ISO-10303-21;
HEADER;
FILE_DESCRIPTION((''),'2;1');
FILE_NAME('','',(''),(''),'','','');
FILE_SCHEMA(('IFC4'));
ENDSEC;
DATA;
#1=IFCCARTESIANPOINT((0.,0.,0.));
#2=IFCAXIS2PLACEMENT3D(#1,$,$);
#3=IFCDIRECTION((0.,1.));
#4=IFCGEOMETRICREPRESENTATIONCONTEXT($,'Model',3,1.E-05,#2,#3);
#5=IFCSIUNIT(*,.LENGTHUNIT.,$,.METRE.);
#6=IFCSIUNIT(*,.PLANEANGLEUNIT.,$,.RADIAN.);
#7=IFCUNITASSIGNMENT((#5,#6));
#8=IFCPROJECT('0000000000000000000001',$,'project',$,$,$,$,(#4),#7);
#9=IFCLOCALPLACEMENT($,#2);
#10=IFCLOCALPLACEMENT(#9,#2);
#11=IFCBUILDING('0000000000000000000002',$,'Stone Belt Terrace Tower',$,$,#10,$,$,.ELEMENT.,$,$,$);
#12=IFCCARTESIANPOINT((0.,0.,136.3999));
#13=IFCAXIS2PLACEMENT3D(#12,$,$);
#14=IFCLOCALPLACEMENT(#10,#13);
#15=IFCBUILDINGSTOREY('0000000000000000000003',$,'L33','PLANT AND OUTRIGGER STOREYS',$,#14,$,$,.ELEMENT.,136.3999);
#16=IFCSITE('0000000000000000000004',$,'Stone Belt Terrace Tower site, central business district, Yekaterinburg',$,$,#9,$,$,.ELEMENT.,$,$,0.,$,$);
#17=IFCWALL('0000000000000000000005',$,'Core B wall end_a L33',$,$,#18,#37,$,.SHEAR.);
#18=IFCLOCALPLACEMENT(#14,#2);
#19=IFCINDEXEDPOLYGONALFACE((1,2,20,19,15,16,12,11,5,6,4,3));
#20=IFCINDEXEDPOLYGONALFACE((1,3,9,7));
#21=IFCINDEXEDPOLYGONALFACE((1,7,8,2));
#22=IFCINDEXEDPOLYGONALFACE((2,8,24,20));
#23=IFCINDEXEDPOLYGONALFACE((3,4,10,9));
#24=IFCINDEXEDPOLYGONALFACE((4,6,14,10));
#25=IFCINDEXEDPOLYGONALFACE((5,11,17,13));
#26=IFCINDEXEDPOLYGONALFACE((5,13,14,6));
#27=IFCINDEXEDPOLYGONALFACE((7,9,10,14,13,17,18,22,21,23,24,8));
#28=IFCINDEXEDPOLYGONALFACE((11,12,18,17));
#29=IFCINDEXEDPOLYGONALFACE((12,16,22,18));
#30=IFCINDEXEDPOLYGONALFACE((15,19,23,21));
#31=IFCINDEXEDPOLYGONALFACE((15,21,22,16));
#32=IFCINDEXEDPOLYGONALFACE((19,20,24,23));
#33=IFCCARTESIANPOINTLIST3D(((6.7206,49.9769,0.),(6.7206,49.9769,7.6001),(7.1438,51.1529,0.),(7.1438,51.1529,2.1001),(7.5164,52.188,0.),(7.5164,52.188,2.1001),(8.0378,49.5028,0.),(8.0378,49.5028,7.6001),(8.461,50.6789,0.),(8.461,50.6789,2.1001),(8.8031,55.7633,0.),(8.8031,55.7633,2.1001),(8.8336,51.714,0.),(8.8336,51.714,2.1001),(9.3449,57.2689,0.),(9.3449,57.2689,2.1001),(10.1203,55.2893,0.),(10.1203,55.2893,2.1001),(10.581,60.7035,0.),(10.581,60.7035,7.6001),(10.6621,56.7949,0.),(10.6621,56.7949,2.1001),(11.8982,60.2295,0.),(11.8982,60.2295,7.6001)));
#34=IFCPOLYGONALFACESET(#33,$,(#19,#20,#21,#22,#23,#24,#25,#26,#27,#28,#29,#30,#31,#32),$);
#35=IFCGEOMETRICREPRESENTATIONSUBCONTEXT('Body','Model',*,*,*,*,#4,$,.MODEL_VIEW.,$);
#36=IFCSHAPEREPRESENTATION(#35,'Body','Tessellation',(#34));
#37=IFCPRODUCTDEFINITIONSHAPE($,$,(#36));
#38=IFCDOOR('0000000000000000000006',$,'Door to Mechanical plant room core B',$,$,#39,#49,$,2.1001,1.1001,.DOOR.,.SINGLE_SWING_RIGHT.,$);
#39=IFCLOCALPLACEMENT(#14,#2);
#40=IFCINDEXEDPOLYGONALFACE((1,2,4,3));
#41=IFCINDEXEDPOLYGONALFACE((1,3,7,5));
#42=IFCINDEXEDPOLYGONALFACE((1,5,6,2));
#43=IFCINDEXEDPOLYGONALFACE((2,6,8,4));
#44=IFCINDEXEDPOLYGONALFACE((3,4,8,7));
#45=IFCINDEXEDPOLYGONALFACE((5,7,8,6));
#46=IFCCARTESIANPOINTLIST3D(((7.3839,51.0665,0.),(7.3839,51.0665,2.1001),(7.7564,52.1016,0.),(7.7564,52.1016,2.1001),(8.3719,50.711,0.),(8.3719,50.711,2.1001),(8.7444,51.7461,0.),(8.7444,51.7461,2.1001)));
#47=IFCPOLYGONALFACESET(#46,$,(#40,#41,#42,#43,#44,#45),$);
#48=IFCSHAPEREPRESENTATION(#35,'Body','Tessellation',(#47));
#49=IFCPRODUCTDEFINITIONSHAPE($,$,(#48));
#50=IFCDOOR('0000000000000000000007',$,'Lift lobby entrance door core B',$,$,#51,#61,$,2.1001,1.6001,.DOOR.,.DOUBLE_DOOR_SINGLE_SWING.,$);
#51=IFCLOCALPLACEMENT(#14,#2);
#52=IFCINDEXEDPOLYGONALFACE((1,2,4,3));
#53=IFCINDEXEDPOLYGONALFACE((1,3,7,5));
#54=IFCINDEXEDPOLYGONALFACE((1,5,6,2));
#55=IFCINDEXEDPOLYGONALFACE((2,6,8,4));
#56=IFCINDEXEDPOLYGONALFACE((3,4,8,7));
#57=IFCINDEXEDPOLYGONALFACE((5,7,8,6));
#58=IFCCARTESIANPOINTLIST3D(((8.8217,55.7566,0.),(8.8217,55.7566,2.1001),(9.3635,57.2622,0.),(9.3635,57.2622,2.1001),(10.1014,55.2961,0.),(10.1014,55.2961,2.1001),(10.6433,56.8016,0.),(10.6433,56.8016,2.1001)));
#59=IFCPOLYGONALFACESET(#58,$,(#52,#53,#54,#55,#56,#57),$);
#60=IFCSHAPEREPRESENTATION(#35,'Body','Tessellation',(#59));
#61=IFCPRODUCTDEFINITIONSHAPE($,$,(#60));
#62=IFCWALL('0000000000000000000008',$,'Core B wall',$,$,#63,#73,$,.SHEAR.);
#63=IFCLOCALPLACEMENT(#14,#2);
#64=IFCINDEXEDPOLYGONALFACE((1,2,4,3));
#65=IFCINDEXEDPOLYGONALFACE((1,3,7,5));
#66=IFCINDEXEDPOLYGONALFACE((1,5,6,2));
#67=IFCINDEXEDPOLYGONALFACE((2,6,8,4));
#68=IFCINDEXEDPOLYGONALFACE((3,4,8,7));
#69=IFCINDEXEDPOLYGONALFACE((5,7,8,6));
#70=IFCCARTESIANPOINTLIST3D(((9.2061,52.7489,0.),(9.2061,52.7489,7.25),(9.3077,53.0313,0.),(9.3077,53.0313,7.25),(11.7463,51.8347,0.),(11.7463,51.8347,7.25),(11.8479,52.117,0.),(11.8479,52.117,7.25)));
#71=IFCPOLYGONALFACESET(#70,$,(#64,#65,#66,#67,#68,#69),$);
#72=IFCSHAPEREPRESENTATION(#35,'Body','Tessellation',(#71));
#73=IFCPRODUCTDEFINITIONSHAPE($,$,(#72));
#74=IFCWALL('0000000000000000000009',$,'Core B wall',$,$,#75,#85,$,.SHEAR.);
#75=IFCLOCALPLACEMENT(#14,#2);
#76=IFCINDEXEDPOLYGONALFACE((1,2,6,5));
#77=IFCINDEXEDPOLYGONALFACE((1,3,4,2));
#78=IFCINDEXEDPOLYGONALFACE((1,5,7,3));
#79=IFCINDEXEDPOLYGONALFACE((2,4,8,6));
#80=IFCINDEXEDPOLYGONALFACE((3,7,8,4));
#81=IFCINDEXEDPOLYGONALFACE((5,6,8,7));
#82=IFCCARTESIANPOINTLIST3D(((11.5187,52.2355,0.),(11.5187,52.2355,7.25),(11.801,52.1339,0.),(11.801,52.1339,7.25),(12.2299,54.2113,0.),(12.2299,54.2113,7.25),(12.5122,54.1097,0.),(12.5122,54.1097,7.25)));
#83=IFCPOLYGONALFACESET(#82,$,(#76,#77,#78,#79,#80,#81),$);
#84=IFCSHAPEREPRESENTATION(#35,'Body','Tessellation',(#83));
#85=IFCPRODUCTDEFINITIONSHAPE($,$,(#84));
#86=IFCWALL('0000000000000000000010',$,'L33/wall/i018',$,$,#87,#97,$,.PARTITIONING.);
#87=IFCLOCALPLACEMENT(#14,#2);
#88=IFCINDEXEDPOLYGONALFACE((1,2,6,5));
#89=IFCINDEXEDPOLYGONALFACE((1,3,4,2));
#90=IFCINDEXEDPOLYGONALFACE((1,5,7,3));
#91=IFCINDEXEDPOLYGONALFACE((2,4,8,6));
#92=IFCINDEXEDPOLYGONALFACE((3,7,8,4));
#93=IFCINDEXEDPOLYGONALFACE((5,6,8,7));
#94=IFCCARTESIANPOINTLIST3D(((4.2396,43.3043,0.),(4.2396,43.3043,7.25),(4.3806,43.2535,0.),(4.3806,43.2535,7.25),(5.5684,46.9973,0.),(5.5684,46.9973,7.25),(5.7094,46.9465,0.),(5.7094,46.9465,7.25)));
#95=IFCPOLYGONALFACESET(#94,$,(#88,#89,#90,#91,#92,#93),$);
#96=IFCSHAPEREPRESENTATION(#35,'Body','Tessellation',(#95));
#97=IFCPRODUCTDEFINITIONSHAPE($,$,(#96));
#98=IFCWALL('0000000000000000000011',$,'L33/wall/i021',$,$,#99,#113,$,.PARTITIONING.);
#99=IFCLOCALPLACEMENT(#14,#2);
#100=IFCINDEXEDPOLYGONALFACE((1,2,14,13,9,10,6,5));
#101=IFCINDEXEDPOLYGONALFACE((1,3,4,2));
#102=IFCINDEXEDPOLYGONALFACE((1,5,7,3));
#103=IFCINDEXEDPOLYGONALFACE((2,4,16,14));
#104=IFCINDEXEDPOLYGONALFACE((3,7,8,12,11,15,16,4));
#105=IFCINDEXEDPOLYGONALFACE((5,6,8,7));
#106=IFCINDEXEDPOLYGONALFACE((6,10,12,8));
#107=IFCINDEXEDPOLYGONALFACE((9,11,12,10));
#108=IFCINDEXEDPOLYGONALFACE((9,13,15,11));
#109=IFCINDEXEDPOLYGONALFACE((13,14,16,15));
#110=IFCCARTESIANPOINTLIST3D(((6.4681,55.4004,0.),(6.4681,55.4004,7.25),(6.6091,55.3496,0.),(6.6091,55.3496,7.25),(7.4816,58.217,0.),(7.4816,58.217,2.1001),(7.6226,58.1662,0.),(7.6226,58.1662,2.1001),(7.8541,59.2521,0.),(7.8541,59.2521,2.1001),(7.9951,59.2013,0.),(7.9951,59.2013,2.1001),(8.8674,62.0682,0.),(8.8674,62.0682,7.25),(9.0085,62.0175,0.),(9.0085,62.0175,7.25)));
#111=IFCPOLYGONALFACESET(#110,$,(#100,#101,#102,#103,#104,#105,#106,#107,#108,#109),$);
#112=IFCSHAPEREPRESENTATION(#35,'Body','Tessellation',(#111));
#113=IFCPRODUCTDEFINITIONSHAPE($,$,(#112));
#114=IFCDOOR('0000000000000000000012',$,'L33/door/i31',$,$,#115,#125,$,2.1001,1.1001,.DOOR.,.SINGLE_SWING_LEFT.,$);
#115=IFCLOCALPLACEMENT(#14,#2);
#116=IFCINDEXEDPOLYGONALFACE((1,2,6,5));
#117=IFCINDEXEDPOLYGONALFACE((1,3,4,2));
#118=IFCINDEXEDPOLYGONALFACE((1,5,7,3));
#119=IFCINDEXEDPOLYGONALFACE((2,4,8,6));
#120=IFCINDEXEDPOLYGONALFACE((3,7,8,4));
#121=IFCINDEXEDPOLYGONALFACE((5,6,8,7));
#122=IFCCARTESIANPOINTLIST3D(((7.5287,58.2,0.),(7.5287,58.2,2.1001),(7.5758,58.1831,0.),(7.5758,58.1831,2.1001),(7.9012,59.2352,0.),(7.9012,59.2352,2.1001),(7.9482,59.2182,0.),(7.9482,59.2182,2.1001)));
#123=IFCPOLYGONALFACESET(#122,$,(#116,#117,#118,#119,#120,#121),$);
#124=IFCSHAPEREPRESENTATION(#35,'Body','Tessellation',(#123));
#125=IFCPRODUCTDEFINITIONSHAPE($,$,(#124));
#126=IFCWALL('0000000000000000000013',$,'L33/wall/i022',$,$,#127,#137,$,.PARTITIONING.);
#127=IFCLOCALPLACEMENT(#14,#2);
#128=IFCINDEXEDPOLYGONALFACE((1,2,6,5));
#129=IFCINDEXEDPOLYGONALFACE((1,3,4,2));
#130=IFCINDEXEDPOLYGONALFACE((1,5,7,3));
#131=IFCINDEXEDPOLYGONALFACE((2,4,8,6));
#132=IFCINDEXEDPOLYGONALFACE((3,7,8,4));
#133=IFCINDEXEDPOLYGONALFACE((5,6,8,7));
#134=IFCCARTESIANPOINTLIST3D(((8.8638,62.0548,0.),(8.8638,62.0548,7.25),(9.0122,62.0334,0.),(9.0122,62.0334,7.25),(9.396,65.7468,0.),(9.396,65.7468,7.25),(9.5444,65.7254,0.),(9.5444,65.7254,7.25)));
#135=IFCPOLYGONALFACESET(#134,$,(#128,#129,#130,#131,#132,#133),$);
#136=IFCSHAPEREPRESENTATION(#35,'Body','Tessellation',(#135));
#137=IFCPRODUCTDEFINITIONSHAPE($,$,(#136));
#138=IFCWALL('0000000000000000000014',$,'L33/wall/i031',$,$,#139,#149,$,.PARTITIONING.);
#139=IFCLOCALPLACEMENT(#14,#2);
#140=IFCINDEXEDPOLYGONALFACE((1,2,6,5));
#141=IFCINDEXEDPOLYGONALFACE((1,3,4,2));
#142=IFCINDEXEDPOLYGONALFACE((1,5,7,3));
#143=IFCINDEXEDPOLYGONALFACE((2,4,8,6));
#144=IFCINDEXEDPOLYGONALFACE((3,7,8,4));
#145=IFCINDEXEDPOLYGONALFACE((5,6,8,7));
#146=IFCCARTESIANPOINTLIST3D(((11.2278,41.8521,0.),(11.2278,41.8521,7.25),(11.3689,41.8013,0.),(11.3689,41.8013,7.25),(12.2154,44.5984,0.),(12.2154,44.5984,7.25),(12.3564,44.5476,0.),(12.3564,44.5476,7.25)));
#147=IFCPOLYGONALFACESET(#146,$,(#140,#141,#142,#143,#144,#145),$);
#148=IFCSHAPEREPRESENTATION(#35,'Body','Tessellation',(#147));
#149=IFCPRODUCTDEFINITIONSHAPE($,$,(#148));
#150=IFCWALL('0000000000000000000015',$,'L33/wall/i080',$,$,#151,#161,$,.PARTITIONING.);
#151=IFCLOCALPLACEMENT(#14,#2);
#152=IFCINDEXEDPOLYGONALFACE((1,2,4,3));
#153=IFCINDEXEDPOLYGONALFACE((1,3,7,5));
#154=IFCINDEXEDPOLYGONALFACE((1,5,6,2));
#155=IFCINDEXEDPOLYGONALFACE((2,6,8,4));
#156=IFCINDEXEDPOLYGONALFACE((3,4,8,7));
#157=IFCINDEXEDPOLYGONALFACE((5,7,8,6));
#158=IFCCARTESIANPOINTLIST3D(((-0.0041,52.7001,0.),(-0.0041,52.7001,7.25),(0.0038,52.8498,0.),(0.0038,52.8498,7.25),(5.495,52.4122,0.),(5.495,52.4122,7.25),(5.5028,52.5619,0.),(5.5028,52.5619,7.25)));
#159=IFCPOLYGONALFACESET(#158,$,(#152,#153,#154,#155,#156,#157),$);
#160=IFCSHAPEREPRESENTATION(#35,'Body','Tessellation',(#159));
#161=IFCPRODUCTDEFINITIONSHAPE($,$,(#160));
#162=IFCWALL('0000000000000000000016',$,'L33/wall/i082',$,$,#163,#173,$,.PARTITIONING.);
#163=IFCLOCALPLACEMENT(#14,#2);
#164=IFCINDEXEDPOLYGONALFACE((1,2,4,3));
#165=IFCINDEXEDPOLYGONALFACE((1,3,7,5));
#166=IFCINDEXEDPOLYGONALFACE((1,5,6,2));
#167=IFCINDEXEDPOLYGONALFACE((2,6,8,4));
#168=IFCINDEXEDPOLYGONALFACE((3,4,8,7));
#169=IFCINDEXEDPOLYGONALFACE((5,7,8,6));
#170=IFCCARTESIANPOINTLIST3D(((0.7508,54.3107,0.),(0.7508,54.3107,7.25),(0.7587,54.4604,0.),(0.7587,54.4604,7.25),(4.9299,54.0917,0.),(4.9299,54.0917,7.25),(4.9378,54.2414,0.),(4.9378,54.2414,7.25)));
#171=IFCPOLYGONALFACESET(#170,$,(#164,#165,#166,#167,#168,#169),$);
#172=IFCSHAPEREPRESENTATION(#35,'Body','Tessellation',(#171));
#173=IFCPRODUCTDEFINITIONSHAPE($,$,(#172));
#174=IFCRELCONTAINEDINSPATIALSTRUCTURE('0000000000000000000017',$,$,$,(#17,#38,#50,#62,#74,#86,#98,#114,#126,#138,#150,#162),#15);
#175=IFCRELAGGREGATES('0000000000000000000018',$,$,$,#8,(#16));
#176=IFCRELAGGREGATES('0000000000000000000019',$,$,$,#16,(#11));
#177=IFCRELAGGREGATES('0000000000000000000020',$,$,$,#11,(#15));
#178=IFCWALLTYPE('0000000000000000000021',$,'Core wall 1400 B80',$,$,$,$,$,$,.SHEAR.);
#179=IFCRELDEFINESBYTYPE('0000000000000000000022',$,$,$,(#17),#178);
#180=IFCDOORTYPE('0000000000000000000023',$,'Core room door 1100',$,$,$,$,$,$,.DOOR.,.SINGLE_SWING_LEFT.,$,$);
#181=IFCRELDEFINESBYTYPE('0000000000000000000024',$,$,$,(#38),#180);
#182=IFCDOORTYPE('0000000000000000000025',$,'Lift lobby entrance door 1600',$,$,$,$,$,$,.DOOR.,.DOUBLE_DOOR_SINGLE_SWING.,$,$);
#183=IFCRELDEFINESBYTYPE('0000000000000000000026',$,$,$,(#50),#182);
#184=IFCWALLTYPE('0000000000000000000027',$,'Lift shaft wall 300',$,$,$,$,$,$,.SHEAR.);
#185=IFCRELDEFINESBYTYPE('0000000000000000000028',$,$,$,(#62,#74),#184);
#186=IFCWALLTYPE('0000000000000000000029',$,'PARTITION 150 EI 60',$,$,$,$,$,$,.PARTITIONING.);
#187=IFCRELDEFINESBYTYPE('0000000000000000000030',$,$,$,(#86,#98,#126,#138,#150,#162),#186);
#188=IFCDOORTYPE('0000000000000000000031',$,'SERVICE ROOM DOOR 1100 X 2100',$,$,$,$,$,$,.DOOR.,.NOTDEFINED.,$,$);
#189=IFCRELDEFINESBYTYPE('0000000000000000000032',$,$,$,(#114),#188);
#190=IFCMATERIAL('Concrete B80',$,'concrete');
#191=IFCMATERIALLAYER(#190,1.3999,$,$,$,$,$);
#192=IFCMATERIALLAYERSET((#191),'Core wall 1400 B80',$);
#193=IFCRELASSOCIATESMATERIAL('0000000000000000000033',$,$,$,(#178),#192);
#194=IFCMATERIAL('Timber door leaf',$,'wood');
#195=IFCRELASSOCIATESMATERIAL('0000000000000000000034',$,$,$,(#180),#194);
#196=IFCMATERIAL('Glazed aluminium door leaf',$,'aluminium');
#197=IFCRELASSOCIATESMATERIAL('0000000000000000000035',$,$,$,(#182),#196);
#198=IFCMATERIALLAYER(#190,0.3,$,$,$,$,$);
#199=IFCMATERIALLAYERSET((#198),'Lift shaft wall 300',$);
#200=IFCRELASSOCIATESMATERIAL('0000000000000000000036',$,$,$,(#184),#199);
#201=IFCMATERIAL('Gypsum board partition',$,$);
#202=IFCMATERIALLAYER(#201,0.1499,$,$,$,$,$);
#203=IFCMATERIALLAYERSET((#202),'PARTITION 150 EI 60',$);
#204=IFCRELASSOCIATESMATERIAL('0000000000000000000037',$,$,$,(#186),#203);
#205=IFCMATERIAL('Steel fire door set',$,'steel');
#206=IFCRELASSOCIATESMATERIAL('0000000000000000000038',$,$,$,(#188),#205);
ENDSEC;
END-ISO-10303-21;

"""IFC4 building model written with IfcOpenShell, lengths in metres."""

from ifc_helpers import new_model, si_unit, direction, frame, frame_2d, origin, place, context, subcontext, project, spatial, rectangle, extrude, material, layer, layer_set, type_object, element, fill, save


model = new_model("IFC4")

# Units and contexts
model_context = context("Model", 3, precision=1e-05, world=origin(), true_north=direction((0.0, 1.0)))
body_context = subcontext(model_context, "Body", "Model", "MODEL_VIEW")
ifc_project = project(units=[si_unit("LENGTHUNIT", "METRE"), si_unit("PLANEANGLEUNIT", "RADIAN")], contexts=[model_context])

# Site, building, storey
site_placement = place(None, origin())
site = spatial("IfcSite", under=ifc_project, at=site_placement, Name="Stone Belt Terrace Tower site, central business district, Yekaterinburg", CompositionType="ELEMENT", RefElevation=0.0)
building_placement = place(site_placement, origin())
building = spatial("IfcBuilding", under=site, at=building_placement, Name="Stone Belt Terrace Tower", CompositionType="ELEMENT")
storey_placement = place(building_placement, frame((0.0, 0.0, 136.3999)))
storey = spatial("IfcBuildingStorey", under=building, at=storey_placement, Name="L33", Description="PLANT AND OUTRIGGER STOREYS", CompositionType="ELEMENT", Elevation=136.3999)

# Shared definitions
ifc_material_1 = material(Name="Concrete B80", Category="concrete")

# Shared definitions
ifc_layer_1 = layer(ifc_material_1, 1.3999)
ifc_layer_set_1 = layer_set([ifc_layer_1], Name="Core wall 1400 B80")
wall_type_1 = type_object("IfcWallType", Name="Core wall 1400 B80", PredefinedType="SHEAR", material=ifc_layer_set_1)

# Wall, openings, doors
wall_1_placement = place(storey_placement, frame((7.3792, 49.7397, 0.0), z_axis=(0.0, 0.0, 1.0), x_axis=(0.338625, 0.940921, 0.0)))
wall_1 = element("IfcWall", 1, at=wall_1_placement, inside=storey, type_object=wall_type_1, Name="Core B wall end_a L33", PredefinedType="SHEAR", context=body_context, shape_type="SweptSolid", body=[
    extrude(rectangle(XDim=11.4001, YDim=1.3999, at=frame_2d((5.7002, 0.0))), origin(), (0.0, 0.0, 1.0), 7.6001),
])
opening_1_placement = place(wall_1_placement, frame((6.1499, 0.0, 0.0)))
opening_1 = element("IfcOpeningElement", 2, at=opening_1_placement, cuts=wall_1, PredefinedType="OPENING", context=body_context, shape_type="SweptSolid", body=[
    extrude(rectangle(XDim=1.6001, YDim=2.1001, at=frame_2d((0.8, 1.05))), frame((0.0, 0.71, 0.0), z_axis=(0.0, -1.0, 0.0), x_axis=(1.0, 0.0, 0.0)), (0.0, 0.0, 1.0), 1.4199),
])
opening_2_placement = place(wall_1_placement, frame((1.25, 0.0, 0.0)))
opening_2 = element("IfcOpeningElement", 3, at=opening_2_placement, cuts=wall_1, PredefinedType="OPENING", context=body_context, shape_type="SweptSolid", body=[
    extrude(rectangle(XDim=1.1001, YDim=2.1001, at=frame_2d((0.55, 1.05))), frame((0.0, 0.71, 0.0), z_axis=(0.0, -1.0, 0.0), x_axis=(1.0, 0.0, 0.0)), (0.0, 0.0, 1.0), 1.4199),
])
ifc_material_2 = material(Name="Timber door leaf", Category="wood")
door_type_1 = type_object("IfcDoorType", Name="Core room door 1100", OperationType="SINGLE_SWING_LEFT", PredefinedType="DOOR", material=ifc_material_2)
door_1_placement = place(opening_2_placement, origin())
door_1 = element("IfcDoor", 4, at=door_1_placement, inside=storey, type_object=door_type_1, Name="Door to Mechanical plant room core B", OperationType="SINGLE_SWING_RIGHT", OverallHeight=2.1001, OverallWidth=1.1001, PredefinedType="DOOR", context=body_context, shape_type="SweptSolid", body=[
    extrude(rectangle(XDim=1.1001, YDim=2.1001, at=frame_2d((0.55, 1.05))), frame((0.0, 0.4448, 0.0), z_axis=(0.0, -1.0, 0.0), x_axis=(1.0, 0.0, 0.0)), (0.0, 0.0, 1.0), 1.05),
])
fill(opening_2, door_1)
ifc_material_3 = material(Name="Glazed aluminium door leaf", Category="aluminium")
door_type_2 = type_object("IfcDoorType", Name="Lift lobby entrance door 1600", OperationType="DOUBLE_DOOR_SINGLE_SWING", PredefinedType="DOOR", material=ifc_material_3)
door_2_placement = place(opening_1_placement, origin())
door_2 = element("IfcDoor", 5, at=door_2_placement, inside=storey, type_object=door_type_2, Name="Lift lobby entrance door core B", OperationType="DOUBLE_DOOR_SINGLE_SWING", OverallHeight=2.1001, OverallWidth=1.6001, PredefinedType="DOOR", context=body_context, shape_type="SweptSolid", body=[
    extrude(rectangle(XDim=1.6001, YDim=2.1001, at=frame_2d((0.8, 1.05))), frame((0.0, 0.6802, 0.0), z_axis=(0.0, -1.0, 0.0), x_axis=(1.0, 0.0, 0.0)), (0.0, 0.0, 1.0), 1.3601),
])
fill(opening_1, door_2)

# Walls
ifc_layer_2 = layer(ifc_material_1, 0.3)
ifc_layer_set_2 = layer_set([ifc_layer_2], Name="Lift shaft wall 300")
wall_type_2 = type_object("IfcWallType", Name="Lift shaft wall 300", PredefinedType="SHEAR", material=ifc_layer_set_2)
wall_2_placement = place(storey_placement, frame((11.7971, 51.9758, 0.0), z_axis=(0.0, 0.0, 1.0), x_axis=(-0.94091, 0.338655, 0.0)))
element("IfcWall", 6, at=wall_2_placement, inside=storey, type_object=wall_type_2, Name="Core B wall", PredefinedType="SHEAR", context=body_context, shape_type="SweptSolid", body=[
    extrude(rectangle(XDim=2.6997, YDim=0.3, at=frame_2d((1.3499, 0.0))), origin(), (0.0, 0.0, 1.0), 7.25),
])
wall_3_placement = place(storey_placement, frame((11.6599, 52.1848, 0.0), z_axis=(0.0, 0.0, 1.0), x_axis=(0.33867, 0.940905, 0.0)))
element("IfcWall", 7, at=wall_3_placement, inside=storey, type_object=wall_type_2, Name="Core B wall", PredefinedType="SHEAR", context=body_context, shape_type="SweptSolid", body=[
    extrude(rectangle(XDim=2.0999, YDim=0.3, at=frame_2d((1.0498, 0.0))), origin(), (0.0, 0.0, 1.0), 7.25),
])
ifc_material_4 = material(Name="Gypsum board partition")
ifc_layer_3 = layer(ifc_material_4, 0.1499)
ifc_layer_set_3 = layer_set([ifc_layer_3], Name="PARTITION 150 EI 60")
wall_type_3 = type_object("IfcWallType", Name="PARTITION 150 EI 60", PredefinedType="PARTITIONING", material=ifc_layer_set_3)
wall_4_placement = place(storey_placement, frame((5.6389, 46.9719, 0.0), z_axis=(0.0, 0.0, 1.0), x_axis=(-0.33857, -0.940941, 0.0)))
element("IfcWall", 8, at=wall_4_placement, inside=storey, type_object=wall_type_3, Name="L33/wall/i018", PredefinedType="PARTITIONING", context=body_context, shape_type="SweptSolid", body=[
    extrude(rectangle(XDim=3.9248, YDim=0.1499, at=frame_2d((1.9624, 0.0))), origin(), (0.0, 0.0, 1.0), 7.25),
])

# Wall, opening, door
wall_5_placement = place(storey_placement, frame((6.5386, 55.375, 0.0), z_axis=(0.0, 0.0, 1.0), x_axis=(0.338588, 0.940935, 0.0)))
wall_5 = element("IfcWall", 9, at=wall_5_placement, inside=storey, type_object=wall_type_3, Name="L33/wall/i021", PredefinedType="PARTITIONING", context=body_context, shape_type="SweptSolid", body=[
    extrude(rectangle(XDim=7.0864, YDim=0.1499, at=frame_2d((3.5432, 0.0))), origin(), (0.0, 0.0, 1.0), 7.25),
])
opening_3_placement = place(wall_5_placement, frame((2.9934, 0.0, 0.0)))
opening_3 = element("IfcOpeningElement", 10, at=opening_3_placement, cuts=wall_5, PredefinedType="OPENING", context=body_context, shape_type="SweptSolid", body=[
    extrude(rectangle(XDim=1.1001, YDim=2.1001, at=frame_2d((0.55, 1.05))), frame((0.0, 0.085, 0.0), z_axis=(0.0, -1.0, 0.0), x_axis=(1.0, 0.0, 0.0)), (0.0, 0.0, 1.0), 0.1699),
])
ifc_material_5 = material(Name="Steel fire door set", Category="steel")
door_type_3 = type_object("IfcDoorType", Name="SERVICE ROOM DOOR 1100 X 2100", OperationType="NOTDEFINED", PredefinedType="DOOR", material=ifc_material_5)
door_3_placement = place(opening_3_placement, origin())
door_3 = element("IfcDoor", 11, at=door_3_placement, inside=storey, type_object=door_type_3, Name="L33/door/i31", OperationType="SINGLE_SWING_LEFT", OverallHeight=2.1001, OverallWidth=1.1001, PredefinedType="DOOR", context=body_context, shape_type="SweptSolid", body=[
    extrude(rectangle(XDim=1.1001, YDim=2.1001, at=frame_2d((0.55, 1.05))), frame((0.0, 0.0249, 0.0), z_axis=(0.0, -1.0, 0.0), x_axis=(1.0, 0.0, 0.0)), (0.0, 0.0, 1.0), 0.05),
])
fill(opening_3, door_3)

# Walls
wall_6_placement = place(storey_placement, frame((8.938, 62.0439, 0.0), z_axis=(0.0, 0.0, 1.0), x_axis=(0.142677, 0.989769, 0.0)))
element("IfcWall", 12, at=wall_6_placement, inside=storey, type_object=wall_type_3, Name="L33/wall/i022", PredefinedType="PARTITIONING", context=body_context, shape_type="SweptSolid", body=[
    extrude(rectangle(XDim=3.7302, YDim=0.1499, at=frame_2d((1.8652, 0.0))), origin(), (0.0, 0.0, 1.0), 7.25),
])
wall_7_placement = place(storey_placement, frame((12.2859, 44.573, 0.0), z_axis=(0.0, 0.0, 1.0), x_axis=(-0.338376, -0.941011, 0.0)))
element("IfcWall", 13, at=wall_7_placement, inside=storey, type_object=wall_type_3, Name="L33/wall/i031", PredefinedType="PARTITIONING", context=body_context, shape_type="SweptSolid", body=[
    extrude(rectangle(XDim=2.9185, YDim=0.1499, at=frame_2d((1.4592, 0.0))), origin(), (0.0, 0.0, 1.0), 7.25),
])
wall_8_placement = place(storey_placement, frame((5.499, 52.4871, 0.0), z_axis=(0.0, 0.0, 1.0), x_axis=(-0.998633, 0.052273, 0.0)))
element("IfcWall", 14, at=wall_8_placement, inside=storey, type_object=wall_type_3, Name="L33/wall/i080", PredefinedType="PARTITIONING", context=body_context, shape_type="SweptSolid", body=[
    extrude(rectangle(XDim=5.5066, YDim=0.1499, at=frame_2d((2.7534, 0.0))), origin(), (0.0, 0.0, 1.0), 7.25),
])
wall_9_placement = place(storey_placement, frame((0.7549, 54.3855, 0.0), z_axis=(0.0, 0.0, 1.0), x_axis=(0.99863, -0.052329, 0.0)))
element("IfcWall", 15, at=wall_9_placement, inside=storey, type_object=wall_type_3, Name="L33/wall/i082", PredefinedType="PARTITIONING", context=body_context, shape_type="SweptSolid", body=[
    extrude(rectangle(XDim=4.1848, YDim=0.1499, at=frame_2d((2.0923, 0.0))), origin(), (0.0, 0.0, 1.0), 7.25),
])

save(model, "model.ifc")
